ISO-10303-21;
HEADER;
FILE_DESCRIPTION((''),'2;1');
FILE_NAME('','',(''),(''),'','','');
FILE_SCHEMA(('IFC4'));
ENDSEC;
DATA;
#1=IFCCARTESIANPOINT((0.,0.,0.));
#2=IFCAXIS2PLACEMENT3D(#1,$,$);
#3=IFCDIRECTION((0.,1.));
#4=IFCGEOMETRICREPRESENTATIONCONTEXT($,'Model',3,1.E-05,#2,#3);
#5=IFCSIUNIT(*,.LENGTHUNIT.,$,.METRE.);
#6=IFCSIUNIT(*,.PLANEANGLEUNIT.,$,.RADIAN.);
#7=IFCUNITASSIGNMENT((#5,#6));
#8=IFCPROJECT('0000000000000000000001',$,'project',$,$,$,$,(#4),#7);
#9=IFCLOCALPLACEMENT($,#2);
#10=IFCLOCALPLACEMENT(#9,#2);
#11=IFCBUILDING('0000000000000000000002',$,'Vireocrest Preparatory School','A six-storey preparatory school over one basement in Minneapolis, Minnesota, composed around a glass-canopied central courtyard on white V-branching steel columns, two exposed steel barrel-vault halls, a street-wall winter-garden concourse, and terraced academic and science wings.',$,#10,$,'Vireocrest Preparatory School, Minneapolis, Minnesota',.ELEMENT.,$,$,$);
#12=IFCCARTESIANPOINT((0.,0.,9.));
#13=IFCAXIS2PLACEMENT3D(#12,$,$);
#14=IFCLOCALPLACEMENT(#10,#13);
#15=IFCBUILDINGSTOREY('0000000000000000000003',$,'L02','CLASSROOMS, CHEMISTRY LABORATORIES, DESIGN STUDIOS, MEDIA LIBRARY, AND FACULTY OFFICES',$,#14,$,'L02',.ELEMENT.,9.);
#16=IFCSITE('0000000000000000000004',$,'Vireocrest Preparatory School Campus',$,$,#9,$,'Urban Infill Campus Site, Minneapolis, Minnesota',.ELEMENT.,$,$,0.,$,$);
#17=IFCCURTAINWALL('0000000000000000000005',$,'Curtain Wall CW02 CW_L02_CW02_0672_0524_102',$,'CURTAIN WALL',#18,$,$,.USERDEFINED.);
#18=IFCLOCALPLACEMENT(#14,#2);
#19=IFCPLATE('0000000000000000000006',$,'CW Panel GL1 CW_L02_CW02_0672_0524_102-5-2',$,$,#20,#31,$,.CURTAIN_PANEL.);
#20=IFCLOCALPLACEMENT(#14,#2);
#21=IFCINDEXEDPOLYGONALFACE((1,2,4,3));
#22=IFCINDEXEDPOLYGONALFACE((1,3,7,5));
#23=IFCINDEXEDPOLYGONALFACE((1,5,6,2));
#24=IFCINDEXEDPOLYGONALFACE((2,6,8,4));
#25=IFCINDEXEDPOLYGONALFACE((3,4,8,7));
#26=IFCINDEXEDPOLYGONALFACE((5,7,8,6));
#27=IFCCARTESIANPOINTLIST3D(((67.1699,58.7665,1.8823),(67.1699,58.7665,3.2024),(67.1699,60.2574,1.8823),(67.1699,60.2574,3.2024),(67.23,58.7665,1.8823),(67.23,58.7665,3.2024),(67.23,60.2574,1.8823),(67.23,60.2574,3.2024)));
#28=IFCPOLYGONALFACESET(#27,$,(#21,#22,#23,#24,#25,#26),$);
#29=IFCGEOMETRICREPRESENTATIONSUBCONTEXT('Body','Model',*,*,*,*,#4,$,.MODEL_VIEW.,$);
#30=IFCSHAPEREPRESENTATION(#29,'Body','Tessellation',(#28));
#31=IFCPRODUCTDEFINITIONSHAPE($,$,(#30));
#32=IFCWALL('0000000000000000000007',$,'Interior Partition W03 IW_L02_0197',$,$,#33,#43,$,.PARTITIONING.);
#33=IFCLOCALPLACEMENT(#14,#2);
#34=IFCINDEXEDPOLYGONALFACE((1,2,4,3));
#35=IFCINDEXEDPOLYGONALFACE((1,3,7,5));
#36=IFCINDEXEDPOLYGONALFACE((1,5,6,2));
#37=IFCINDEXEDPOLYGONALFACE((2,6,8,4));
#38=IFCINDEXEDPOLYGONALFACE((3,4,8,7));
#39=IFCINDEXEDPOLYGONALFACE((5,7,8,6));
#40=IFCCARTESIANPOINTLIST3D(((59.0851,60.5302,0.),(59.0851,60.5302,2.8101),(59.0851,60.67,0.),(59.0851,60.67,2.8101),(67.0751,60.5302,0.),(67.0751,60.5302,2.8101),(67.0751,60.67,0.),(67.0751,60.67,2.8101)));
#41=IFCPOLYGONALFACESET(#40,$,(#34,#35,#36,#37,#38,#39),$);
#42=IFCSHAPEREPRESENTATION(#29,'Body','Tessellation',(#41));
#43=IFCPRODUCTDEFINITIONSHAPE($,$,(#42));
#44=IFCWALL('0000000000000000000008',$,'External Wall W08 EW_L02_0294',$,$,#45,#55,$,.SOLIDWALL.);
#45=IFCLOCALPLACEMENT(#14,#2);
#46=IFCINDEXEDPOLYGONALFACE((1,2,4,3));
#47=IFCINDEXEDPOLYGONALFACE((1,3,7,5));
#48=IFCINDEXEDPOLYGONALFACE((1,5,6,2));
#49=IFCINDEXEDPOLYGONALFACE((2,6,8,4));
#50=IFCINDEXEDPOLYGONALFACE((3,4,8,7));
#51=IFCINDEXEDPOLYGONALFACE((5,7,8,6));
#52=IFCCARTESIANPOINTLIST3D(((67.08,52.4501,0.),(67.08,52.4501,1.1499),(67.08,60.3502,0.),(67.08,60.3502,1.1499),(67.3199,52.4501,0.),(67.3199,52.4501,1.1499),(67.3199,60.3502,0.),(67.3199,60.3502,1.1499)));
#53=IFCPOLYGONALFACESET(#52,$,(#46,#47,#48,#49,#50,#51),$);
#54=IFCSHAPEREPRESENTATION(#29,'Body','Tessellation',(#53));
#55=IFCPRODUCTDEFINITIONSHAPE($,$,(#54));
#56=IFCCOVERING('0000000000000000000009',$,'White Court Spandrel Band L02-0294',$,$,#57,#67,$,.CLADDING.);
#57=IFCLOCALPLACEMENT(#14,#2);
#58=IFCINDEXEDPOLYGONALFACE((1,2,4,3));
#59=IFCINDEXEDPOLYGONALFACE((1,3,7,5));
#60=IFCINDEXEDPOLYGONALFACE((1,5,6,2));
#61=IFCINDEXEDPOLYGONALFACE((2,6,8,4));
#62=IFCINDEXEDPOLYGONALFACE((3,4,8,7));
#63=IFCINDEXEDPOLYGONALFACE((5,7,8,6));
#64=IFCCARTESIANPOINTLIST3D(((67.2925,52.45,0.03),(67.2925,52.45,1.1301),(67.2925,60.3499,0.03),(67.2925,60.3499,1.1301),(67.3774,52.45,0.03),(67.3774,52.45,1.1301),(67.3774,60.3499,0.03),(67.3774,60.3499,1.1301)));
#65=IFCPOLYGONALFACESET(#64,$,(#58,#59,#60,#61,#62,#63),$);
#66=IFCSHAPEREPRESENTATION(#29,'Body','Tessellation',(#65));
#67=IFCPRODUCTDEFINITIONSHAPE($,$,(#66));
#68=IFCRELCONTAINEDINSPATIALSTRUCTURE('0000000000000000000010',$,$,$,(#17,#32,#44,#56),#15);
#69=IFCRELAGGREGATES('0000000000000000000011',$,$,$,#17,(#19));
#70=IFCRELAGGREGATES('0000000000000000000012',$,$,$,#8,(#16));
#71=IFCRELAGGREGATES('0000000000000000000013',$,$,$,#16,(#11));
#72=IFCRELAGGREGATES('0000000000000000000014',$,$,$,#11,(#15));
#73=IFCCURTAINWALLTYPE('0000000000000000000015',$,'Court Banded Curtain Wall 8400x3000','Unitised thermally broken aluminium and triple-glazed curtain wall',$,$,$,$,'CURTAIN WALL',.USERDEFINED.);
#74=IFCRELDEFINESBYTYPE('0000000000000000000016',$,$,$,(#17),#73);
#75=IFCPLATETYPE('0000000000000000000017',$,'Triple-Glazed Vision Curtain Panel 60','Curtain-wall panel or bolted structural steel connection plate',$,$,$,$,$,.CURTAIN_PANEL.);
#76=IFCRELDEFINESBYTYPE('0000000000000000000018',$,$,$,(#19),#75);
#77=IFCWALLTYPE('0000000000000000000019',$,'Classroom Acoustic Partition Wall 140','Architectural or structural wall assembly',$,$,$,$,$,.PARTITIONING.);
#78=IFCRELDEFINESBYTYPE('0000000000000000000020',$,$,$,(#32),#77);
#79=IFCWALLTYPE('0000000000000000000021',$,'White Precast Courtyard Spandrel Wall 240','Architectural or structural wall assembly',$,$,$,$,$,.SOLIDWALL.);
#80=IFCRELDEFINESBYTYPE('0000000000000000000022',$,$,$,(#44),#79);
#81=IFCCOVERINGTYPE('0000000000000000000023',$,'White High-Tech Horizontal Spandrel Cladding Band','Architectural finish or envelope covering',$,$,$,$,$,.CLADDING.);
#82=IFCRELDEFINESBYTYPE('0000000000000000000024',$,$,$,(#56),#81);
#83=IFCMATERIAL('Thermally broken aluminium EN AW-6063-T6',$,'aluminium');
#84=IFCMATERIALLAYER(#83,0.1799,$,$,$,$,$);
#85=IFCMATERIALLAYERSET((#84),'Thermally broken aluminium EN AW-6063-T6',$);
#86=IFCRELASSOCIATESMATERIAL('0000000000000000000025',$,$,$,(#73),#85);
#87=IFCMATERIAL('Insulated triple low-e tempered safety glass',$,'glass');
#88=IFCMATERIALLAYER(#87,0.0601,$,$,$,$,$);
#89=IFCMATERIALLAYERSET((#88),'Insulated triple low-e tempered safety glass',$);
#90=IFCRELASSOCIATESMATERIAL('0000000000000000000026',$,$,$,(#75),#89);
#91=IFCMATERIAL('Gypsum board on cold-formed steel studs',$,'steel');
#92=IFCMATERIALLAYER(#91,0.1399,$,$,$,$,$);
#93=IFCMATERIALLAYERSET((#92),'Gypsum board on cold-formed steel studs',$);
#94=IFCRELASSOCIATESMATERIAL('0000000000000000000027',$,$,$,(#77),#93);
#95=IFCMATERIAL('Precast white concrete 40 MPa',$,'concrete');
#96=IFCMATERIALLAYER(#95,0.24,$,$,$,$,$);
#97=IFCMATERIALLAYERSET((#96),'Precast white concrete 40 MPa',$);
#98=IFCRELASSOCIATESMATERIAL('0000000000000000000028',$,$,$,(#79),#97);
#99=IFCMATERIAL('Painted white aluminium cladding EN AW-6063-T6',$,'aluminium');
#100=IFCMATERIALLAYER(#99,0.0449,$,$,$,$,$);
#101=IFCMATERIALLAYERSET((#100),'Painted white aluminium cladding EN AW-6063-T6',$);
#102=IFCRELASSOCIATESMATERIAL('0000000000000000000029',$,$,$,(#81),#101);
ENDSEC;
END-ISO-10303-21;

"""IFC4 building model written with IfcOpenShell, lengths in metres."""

from ifc_helpers import new_model, si_unit, direction, frame, frame_2d, origin, origin_2d, place, context, subcontext, project, spatial, rectangle, extrude, material, layer, layer_set, type_object, element, aggregate, save


model = new_model("IFC4")

# Units and contexts
model_context = context("Model", 3, precision=1e-05, world=origin(), true_north=direction((0.0, 1.0)))
body_context = subcontext(model_context, "Body", "Model", "MODEL_VIEW")
ifc_project = project(units=[si_unit("LENGTHUNIT", "METRE"), si_unit("PLANEANGLEUNIT", "RADIAN")], contexts=[model_context])

# Site, building, storey
site_placement = place(None, origin())
site = spatial("IfcSite", under=ifc_project, at=site_placement, Name="Vireocrest Preparatory School Campus", LongName="Urban Infill Campus Site, Minneapolis, Minnesota", CompositionType="ELEMENT", RefElevation=0.0)
building_placement = place(site_placement, origin())
building = spatial("IfcBuilding", under=site, at=building_placement, Name="Vireocrest Preparatory School", Description="A six-storey preparatory school over one basement in Minneapolis, Minnesota, composed around a glass-canopied central courtyard on white V-branching steel columns, two exposed steel barrel-vault halls, a street-wall winter-garden concourse, and terraced academic and science wings.", LongName="Vireocrest Preparatory School, Minneapolis, Minnesota", CompositionType="ELEMENT")
storey_placement = place(building_placement, frame((0.0, 0.0, 9.0)))
storey = spatial("IfcBuildingStorey", under=building, at=storey_placement, Name="L02", Description="CLASSROOMS, CHEMISTRY LABORATORIES, DESIGN STUDIOS, MEDIA LIBRARY, AND FACULTY OFFICES", LongName="L02", CompositionType="ELEMENT", Elevation=9.0)

# Curtain wall
ifc_material_1 = material(Name="Thermally broken aluminium EN AW-6063-T6", Category="aluminium")
ifc_layer_1 = layer(ifc_material_1, 0.1799)
ifc_layer_set_1 = layer_set([ifc_layer_1], Name="Thermally broken aluminium EN AW-6063-T6")
curtain_wall_type = type_object("IfcCurtainWallType", Name="Court Banded Curtain Wall 8400x3000", Description="Unitised thermally broken aluminium and triple-glazed curtain wall", ElementType="CURTAIN WALL", PredefinedType="USERDEFINED", material=ifc_layer_set_1)
curtain_wall_placement = place(storey_placement, origin())
curtain_wall = element("IfcCurtainWall", 1, at=curtain_wall_placement, inside=storey, type_object=curtain_wall_type, Name="Curtain Wall CW02 CW_L02_CW02_0672_0524_102", ObjectType="CURTAIN WALL", PredefinedType="USERDEFINED")

# Plate
ifc_material_2 = material(Name="Insulated triple low-e tempered safety glass", Category="glass")
ifc_layer_2 = layer(ifc_material_2, 0.0601)
ifc_layer_set_2 = layer_set([ifc_layer_2], Name="Insulated triple low-e tempered safety glass")
plate_type = type_object("IfcPlateType", Name="Triple-Glazed Vision Curtain Panel 60", Description="Curtain-wall panel or bolted structural steel connection plate", PredefinedType="CURTAIN_PANEL", material=ifc_layer_set_2)
plate_1_placement = place(storey_placement, frame((67.2, 59.512, 1.8823), z_axis=(0.0, 0.0, 1.0), x_axis=(0.0, 1.0, 0.0)))
plate_1 = element("IfcPlate", 2, at=plate_1_placement, type_object=plate_type, Name="CW Panel GL1 CW_L02_CW02_0672_0524_102-5-2", PredefinedType="CURTAIN_PANEL", context=body_context, shape_type="SweptSolid", body=[
    extrude(rectangle(XDim=1.491, YDim=0.0601, at=origin_2d()), origin(), (0.0, 0.0, 1.0), 1.3201),
])
aggregate(curtain_wall, [plate_1])

# Walls
ifc_material_3 = material(Name="Gypsum board on cold-formed steel studs", Category="steel")
ifc_layer_3 = layer(ifc_material_3, 0.1399)
ifc_layer_set_3 = layer_set([ifc_layer_3], Name="Gypsum board on cold-formed steel studs")
wall_type_1 = type_object("IfcWallType", Name="Classroom Acoustic Partition Wall 140", Description="Architectural or structural wall assembly", PredefinedType="PARTITIONING", material=ifc_layer_set_3)
wall_1_placement = place(storey_placement, frame((59.085, 60.6001, 0.0), z_axis=(0.0, 0.0, 1.0), x_axis=(1.0, 0.0, 0.0)))
element("IfcWall", 3, at=wall_1_placement, inside=storey, type_object=wall_type_1, Name="Interior Partition W03 IW_L02_0197", PredefinedType="PARTITIONING", context=body_context, shape_type="SweptSolid", body=[
    extrude(rectangle(XDim=7.99, YDim=0.1399, at=frame_2d((3.9951, 0.0))), origin(), (0.0, 0.0, 1.0), 2.8101),
])
ifc_material_4 = material(Name="Precast white concrete 40 MPa", Category="concrete")
ifc_layer_4 = layer(ifc_material_4, 0.24)
ifc_layer_set_4 = layer_set([ifc_layer_4], Name="Precast white concrete 40 MPa")
wall_type_2 = type_object("IfcWallType", Name="White Precast Courtyard Spandrel Wall 240", Description="Architectural or structural wall assembly", PredefinedType="SOLIDWALL", material=ifc_layer_set_4)
wall_2_placement = place(storey_placement, frame((67.2, 52.45, 0.0), z_axis=(0.0, 0.0, 1.0), x_axis=(0.0, 1.0, 0.0)))
element("IfcWall", 4, at=wall_2_placement, inside=storey, type_object=wall_type_2, Name="External Wall W08 EW_L02_0294", PredefinedType="SOLIDWALL", context=body_context, shape_type="SweptSolid", body=[
    extrude(rectangle(XDim=7.9001, YDim=0.24, at=frame_2d((3.9502, 0.0))), origin(), (0.0, 0.0, 1.0), 1.1499),
])

# Covering
ifc_material_5 = material(Name="Painted white aluminium cladding EN AW-6063-T6", Category="aluminium")
ifc_layer_5 = layer(ifc_material_5, 0.0449)
ifc_layer_set_5 = layer_set([ifc_layer_5], Name="Painted white aluminium cladding EN AW-6063-T6")
covering_type = type_object("IfcCoveringType", Name="White High-Tech Horizontal Spandrel Cladding Band", Description="Architectural finish or envelope covering", PredefinedType="CLADDING", material=ifc_layer_set_5)
covering_placement = place(storey_placement, frame((67.335, 56.3999, 0.03), z_axis=(0.0, 0.0, 1.0), x_axis=(1.0, 0.0, 0.0)))
element("IfcCovering", 5, at=covering_placement, inside=storey, type_object=covering_type, Name="White Court Spandrel Band L02-0294", PredefinedType="CLADDING", context=body_context, shape_type="SweptSolid", body=[
    extrude(rectangle(XDim=0.085, YDim=7.8999, at=origin_2d()), origin(), (0.0, 0.0, 1.0), 1.1001),
])

save(model, "model.ifc")
